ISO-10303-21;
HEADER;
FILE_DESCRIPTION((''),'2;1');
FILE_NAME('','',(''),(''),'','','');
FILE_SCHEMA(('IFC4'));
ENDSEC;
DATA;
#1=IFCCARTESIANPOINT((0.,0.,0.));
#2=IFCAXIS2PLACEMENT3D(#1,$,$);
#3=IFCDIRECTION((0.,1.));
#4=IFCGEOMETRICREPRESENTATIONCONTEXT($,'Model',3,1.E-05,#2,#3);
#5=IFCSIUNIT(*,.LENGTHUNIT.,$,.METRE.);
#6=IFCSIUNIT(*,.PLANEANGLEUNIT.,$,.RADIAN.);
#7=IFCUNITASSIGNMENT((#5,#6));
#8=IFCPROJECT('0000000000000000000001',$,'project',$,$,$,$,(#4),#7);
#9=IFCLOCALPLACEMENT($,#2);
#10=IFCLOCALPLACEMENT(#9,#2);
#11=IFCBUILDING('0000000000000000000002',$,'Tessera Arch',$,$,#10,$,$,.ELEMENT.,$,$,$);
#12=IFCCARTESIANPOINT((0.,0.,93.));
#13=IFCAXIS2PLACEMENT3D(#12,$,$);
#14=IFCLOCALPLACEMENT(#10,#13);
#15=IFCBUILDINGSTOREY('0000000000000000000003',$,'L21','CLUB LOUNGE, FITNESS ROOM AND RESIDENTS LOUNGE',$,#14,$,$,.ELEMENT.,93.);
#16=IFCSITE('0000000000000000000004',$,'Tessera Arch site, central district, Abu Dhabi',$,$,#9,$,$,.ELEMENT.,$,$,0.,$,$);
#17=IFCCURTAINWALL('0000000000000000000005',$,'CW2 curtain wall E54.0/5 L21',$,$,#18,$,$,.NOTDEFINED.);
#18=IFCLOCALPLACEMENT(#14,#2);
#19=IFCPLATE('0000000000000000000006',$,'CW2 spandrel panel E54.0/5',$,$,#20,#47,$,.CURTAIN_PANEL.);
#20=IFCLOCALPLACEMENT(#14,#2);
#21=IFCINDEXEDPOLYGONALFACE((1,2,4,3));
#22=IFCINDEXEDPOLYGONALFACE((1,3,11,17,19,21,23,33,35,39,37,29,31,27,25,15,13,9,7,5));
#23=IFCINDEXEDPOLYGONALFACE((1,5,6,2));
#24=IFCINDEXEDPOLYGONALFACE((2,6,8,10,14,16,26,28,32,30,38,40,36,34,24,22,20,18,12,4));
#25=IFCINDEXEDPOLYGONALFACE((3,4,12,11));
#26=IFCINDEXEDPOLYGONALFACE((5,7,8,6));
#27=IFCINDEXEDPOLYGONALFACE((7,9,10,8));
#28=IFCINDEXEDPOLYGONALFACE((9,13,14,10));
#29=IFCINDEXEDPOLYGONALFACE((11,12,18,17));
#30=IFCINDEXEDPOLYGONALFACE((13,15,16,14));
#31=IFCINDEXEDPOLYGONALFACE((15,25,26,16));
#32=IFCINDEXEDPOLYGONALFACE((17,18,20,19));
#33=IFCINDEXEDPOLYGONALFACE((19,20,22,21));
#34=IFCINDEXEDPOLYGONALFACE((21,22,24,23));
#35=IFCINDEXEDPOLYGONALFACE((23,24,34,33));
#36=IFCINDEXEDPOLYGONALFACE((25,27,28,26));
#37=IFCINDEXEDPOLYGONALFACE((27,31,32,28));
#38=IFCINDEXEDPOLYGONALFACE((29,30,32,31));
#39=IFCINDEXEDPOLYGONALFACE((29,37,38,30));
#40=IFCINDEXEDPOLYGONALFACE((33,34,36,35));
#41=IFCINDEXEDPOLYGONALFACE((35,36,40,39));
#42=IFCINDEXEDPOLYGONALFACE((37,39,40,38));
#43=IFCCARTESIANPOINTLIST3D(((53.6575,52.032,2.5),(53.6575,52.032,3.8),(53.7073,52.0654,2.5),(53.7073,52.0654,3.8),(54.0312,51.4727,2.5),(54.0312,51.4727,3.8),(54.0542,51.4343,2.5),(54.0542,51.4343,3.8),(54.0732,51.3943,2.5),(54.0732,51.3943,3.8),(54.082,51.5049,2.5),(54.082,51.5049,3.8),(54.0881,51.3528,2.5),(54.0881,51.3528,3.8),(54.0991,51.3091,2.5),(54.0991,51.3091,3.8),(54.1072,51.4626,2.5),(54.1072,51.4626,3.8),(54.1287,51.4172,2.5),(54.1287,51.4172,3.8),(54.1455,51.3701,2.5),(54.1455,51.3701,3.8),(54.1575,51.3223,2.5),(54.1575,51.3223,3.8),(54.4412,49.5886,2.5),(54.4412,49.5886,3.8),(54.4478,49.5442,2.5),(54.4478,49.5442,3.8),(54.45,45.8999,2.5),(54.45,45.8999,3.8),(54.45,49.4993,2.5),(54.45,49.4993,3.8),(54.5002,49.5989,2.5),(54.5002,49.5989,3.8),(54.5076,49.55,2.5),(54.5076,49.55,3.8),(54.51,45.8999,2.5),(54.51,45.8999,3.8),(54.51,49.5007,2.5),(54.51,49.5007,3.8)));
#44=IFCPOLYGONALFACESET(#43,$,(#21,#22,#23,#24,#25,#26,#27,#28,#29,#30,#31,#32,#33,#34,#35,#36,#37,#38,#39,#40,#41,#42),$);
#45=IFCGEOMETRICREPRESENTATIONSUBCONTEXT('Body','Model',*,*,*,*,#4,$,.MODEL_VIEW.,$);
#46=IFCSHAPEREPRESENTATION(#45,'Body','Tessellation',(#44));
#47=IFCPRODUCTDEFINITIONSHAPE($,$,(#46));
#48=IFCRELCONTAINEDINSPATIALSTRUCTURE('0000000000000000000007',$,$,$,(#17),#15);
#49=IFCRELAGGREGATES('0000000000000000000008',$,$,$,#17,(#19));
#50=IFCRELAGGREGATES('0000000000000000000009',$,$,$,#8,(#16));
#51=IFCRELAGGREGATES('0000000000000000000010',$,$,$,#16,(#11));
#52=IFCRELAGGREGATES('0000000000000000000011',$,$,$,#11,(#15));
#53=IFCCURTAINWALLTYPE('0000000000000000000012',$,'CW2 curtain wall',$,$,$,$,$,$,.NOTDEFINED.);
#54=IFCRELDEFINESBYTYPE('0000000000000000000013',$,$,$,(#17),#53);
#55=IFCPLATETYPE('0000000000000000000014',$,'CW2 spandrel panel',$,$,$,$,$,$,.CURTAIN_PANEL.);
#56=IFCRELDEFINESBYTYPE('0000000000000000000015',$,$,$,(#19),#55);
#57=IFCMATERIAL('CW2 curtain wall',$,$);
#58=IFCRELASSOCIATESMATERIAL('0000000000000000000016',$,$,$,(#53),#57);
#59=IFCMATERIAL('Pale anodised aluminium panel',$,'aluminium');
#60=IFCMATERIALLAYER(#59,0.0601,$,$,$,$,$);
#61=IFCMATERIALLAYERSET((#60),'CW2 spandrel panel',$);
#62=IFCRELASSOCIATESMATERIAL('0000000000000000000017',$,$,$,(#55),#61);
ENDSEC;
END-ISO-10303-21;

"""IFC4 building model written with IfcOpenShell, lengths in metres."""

from ifc_helpers import new_model, si_unit, direction, frame, origin, place, context, subcontext, project, spatial, polyline, outline, extrude, material, layer, layer_set, type_object, element, aggregate, save


model = new_model("IFC4")

# Units and contexts
model_context = context("Model", 3, precision=1e-05, world=origin(), true_north=direction((0.0, 1.0)))
body_context = subcontext(model_context, "Body", "Model", "MODEL_VIEW")
ifc_project = project(units=[si_unit("LENGTHUNIT", "METRE"), si_unit("PLANEANGLEUNIT", "RADIAN")], contexts=[model_context])

# Site, building, storey
site_placement = place(None, origin())
site = spatial("IfcSite", under=ifc_project, at=site_placement, Name="Tessera Arch site, central district, Abu Dhabi", CompositionType="ELEMENT", RefElevation=0.0)
building_placement = place(site_placement, origin())
building = spatial("IfcBuilding", under=site, at=building_placement, Name="Tessera Arch", CompositionType="ELEMENT")
storey_placement = place(building_placement, frame((0.0, 0.0, 93.0)))
storey = spatial("IfcBuildingStorey", under=building, at=storey_placement, Name="L21", Description="CLUB LOUNGE, FITNESS ROOM AND RESIDENTS LOUNGE", CompositionType="ELEMENT", Elevation=93.0)

# Curtain wall
ifc_material_1 = material(Name="CW2 curtain wall")
curtain_wall_type = type_object("IfcCurtainWallType", Name="CW2 curtain wall", PredefinedType="NOTDEFINED", material=ifc_material_1)
curtain_wall_1_placement = place(storey_placement, origin())
curtain_wall_1 = element("IfcCurtainWall", 1, at=curtain_wall_1_placement, inside=storey, type_object=curtain_wall_type, Name="CW2 curtain wall E54.0/5 L21", PredefinedType="NOTDEFINED")

# Plate
ifc_material_2 = material(Name="Pale anodised aluminium panel", Category="aluminium")
ifc_layer_1 = layer(ifc_material_2, 0.0601)
ifc_layer_set_1 = layer_set([ifc_layer_1], Name="CW2 spandrel panel")
plate_type_1 = type_object("IfcPlateType", Name="CW2 spandrel panel", PredefinedType="CURTAIN_PANEL", material=ifc_layer_set_1)
plate_1_placement = place(storey_placement, frame((0.0, 0.0, 2.5)))
plate_1 = element("IfcPlate", 2, at=plate_1_placement, type_object=plate_type_1, Name="CW2 spandrel panel E54.0/5", PredefinedType="CURTAIN_PANEL", context=body_context, shape_type="SweptSolid", body=[
    extrude(outline(polyline([(54.45, 49.4993), (54.45, 45.8999), (54.51, 45.8999), (54.51, 49.5007), (54.5076, 49.55), (54.5002, 49.5989), (54.1575, 51.3223), (54.1455, 51.3701), (54.1287, 51.4172), (54.1072, 51.4626), (54.082, 51.5049), (53.7073, 52.0654), (53.6575, 52.032), (54.0312, 51.4727), (54.0542, 51.4343), (54.0732, 51.3943), (54.0881, 51.3528), (54.0991, 51.3091), (54.4412, 49.5886), (54.4478, 49.5442), (54.45, 49.4993)])), origin(), (0.0, 0.0, 1.0), 1.3),
])
aggregate(curtain_wall_1, [plate_1])

save(model, "model.ifc")
